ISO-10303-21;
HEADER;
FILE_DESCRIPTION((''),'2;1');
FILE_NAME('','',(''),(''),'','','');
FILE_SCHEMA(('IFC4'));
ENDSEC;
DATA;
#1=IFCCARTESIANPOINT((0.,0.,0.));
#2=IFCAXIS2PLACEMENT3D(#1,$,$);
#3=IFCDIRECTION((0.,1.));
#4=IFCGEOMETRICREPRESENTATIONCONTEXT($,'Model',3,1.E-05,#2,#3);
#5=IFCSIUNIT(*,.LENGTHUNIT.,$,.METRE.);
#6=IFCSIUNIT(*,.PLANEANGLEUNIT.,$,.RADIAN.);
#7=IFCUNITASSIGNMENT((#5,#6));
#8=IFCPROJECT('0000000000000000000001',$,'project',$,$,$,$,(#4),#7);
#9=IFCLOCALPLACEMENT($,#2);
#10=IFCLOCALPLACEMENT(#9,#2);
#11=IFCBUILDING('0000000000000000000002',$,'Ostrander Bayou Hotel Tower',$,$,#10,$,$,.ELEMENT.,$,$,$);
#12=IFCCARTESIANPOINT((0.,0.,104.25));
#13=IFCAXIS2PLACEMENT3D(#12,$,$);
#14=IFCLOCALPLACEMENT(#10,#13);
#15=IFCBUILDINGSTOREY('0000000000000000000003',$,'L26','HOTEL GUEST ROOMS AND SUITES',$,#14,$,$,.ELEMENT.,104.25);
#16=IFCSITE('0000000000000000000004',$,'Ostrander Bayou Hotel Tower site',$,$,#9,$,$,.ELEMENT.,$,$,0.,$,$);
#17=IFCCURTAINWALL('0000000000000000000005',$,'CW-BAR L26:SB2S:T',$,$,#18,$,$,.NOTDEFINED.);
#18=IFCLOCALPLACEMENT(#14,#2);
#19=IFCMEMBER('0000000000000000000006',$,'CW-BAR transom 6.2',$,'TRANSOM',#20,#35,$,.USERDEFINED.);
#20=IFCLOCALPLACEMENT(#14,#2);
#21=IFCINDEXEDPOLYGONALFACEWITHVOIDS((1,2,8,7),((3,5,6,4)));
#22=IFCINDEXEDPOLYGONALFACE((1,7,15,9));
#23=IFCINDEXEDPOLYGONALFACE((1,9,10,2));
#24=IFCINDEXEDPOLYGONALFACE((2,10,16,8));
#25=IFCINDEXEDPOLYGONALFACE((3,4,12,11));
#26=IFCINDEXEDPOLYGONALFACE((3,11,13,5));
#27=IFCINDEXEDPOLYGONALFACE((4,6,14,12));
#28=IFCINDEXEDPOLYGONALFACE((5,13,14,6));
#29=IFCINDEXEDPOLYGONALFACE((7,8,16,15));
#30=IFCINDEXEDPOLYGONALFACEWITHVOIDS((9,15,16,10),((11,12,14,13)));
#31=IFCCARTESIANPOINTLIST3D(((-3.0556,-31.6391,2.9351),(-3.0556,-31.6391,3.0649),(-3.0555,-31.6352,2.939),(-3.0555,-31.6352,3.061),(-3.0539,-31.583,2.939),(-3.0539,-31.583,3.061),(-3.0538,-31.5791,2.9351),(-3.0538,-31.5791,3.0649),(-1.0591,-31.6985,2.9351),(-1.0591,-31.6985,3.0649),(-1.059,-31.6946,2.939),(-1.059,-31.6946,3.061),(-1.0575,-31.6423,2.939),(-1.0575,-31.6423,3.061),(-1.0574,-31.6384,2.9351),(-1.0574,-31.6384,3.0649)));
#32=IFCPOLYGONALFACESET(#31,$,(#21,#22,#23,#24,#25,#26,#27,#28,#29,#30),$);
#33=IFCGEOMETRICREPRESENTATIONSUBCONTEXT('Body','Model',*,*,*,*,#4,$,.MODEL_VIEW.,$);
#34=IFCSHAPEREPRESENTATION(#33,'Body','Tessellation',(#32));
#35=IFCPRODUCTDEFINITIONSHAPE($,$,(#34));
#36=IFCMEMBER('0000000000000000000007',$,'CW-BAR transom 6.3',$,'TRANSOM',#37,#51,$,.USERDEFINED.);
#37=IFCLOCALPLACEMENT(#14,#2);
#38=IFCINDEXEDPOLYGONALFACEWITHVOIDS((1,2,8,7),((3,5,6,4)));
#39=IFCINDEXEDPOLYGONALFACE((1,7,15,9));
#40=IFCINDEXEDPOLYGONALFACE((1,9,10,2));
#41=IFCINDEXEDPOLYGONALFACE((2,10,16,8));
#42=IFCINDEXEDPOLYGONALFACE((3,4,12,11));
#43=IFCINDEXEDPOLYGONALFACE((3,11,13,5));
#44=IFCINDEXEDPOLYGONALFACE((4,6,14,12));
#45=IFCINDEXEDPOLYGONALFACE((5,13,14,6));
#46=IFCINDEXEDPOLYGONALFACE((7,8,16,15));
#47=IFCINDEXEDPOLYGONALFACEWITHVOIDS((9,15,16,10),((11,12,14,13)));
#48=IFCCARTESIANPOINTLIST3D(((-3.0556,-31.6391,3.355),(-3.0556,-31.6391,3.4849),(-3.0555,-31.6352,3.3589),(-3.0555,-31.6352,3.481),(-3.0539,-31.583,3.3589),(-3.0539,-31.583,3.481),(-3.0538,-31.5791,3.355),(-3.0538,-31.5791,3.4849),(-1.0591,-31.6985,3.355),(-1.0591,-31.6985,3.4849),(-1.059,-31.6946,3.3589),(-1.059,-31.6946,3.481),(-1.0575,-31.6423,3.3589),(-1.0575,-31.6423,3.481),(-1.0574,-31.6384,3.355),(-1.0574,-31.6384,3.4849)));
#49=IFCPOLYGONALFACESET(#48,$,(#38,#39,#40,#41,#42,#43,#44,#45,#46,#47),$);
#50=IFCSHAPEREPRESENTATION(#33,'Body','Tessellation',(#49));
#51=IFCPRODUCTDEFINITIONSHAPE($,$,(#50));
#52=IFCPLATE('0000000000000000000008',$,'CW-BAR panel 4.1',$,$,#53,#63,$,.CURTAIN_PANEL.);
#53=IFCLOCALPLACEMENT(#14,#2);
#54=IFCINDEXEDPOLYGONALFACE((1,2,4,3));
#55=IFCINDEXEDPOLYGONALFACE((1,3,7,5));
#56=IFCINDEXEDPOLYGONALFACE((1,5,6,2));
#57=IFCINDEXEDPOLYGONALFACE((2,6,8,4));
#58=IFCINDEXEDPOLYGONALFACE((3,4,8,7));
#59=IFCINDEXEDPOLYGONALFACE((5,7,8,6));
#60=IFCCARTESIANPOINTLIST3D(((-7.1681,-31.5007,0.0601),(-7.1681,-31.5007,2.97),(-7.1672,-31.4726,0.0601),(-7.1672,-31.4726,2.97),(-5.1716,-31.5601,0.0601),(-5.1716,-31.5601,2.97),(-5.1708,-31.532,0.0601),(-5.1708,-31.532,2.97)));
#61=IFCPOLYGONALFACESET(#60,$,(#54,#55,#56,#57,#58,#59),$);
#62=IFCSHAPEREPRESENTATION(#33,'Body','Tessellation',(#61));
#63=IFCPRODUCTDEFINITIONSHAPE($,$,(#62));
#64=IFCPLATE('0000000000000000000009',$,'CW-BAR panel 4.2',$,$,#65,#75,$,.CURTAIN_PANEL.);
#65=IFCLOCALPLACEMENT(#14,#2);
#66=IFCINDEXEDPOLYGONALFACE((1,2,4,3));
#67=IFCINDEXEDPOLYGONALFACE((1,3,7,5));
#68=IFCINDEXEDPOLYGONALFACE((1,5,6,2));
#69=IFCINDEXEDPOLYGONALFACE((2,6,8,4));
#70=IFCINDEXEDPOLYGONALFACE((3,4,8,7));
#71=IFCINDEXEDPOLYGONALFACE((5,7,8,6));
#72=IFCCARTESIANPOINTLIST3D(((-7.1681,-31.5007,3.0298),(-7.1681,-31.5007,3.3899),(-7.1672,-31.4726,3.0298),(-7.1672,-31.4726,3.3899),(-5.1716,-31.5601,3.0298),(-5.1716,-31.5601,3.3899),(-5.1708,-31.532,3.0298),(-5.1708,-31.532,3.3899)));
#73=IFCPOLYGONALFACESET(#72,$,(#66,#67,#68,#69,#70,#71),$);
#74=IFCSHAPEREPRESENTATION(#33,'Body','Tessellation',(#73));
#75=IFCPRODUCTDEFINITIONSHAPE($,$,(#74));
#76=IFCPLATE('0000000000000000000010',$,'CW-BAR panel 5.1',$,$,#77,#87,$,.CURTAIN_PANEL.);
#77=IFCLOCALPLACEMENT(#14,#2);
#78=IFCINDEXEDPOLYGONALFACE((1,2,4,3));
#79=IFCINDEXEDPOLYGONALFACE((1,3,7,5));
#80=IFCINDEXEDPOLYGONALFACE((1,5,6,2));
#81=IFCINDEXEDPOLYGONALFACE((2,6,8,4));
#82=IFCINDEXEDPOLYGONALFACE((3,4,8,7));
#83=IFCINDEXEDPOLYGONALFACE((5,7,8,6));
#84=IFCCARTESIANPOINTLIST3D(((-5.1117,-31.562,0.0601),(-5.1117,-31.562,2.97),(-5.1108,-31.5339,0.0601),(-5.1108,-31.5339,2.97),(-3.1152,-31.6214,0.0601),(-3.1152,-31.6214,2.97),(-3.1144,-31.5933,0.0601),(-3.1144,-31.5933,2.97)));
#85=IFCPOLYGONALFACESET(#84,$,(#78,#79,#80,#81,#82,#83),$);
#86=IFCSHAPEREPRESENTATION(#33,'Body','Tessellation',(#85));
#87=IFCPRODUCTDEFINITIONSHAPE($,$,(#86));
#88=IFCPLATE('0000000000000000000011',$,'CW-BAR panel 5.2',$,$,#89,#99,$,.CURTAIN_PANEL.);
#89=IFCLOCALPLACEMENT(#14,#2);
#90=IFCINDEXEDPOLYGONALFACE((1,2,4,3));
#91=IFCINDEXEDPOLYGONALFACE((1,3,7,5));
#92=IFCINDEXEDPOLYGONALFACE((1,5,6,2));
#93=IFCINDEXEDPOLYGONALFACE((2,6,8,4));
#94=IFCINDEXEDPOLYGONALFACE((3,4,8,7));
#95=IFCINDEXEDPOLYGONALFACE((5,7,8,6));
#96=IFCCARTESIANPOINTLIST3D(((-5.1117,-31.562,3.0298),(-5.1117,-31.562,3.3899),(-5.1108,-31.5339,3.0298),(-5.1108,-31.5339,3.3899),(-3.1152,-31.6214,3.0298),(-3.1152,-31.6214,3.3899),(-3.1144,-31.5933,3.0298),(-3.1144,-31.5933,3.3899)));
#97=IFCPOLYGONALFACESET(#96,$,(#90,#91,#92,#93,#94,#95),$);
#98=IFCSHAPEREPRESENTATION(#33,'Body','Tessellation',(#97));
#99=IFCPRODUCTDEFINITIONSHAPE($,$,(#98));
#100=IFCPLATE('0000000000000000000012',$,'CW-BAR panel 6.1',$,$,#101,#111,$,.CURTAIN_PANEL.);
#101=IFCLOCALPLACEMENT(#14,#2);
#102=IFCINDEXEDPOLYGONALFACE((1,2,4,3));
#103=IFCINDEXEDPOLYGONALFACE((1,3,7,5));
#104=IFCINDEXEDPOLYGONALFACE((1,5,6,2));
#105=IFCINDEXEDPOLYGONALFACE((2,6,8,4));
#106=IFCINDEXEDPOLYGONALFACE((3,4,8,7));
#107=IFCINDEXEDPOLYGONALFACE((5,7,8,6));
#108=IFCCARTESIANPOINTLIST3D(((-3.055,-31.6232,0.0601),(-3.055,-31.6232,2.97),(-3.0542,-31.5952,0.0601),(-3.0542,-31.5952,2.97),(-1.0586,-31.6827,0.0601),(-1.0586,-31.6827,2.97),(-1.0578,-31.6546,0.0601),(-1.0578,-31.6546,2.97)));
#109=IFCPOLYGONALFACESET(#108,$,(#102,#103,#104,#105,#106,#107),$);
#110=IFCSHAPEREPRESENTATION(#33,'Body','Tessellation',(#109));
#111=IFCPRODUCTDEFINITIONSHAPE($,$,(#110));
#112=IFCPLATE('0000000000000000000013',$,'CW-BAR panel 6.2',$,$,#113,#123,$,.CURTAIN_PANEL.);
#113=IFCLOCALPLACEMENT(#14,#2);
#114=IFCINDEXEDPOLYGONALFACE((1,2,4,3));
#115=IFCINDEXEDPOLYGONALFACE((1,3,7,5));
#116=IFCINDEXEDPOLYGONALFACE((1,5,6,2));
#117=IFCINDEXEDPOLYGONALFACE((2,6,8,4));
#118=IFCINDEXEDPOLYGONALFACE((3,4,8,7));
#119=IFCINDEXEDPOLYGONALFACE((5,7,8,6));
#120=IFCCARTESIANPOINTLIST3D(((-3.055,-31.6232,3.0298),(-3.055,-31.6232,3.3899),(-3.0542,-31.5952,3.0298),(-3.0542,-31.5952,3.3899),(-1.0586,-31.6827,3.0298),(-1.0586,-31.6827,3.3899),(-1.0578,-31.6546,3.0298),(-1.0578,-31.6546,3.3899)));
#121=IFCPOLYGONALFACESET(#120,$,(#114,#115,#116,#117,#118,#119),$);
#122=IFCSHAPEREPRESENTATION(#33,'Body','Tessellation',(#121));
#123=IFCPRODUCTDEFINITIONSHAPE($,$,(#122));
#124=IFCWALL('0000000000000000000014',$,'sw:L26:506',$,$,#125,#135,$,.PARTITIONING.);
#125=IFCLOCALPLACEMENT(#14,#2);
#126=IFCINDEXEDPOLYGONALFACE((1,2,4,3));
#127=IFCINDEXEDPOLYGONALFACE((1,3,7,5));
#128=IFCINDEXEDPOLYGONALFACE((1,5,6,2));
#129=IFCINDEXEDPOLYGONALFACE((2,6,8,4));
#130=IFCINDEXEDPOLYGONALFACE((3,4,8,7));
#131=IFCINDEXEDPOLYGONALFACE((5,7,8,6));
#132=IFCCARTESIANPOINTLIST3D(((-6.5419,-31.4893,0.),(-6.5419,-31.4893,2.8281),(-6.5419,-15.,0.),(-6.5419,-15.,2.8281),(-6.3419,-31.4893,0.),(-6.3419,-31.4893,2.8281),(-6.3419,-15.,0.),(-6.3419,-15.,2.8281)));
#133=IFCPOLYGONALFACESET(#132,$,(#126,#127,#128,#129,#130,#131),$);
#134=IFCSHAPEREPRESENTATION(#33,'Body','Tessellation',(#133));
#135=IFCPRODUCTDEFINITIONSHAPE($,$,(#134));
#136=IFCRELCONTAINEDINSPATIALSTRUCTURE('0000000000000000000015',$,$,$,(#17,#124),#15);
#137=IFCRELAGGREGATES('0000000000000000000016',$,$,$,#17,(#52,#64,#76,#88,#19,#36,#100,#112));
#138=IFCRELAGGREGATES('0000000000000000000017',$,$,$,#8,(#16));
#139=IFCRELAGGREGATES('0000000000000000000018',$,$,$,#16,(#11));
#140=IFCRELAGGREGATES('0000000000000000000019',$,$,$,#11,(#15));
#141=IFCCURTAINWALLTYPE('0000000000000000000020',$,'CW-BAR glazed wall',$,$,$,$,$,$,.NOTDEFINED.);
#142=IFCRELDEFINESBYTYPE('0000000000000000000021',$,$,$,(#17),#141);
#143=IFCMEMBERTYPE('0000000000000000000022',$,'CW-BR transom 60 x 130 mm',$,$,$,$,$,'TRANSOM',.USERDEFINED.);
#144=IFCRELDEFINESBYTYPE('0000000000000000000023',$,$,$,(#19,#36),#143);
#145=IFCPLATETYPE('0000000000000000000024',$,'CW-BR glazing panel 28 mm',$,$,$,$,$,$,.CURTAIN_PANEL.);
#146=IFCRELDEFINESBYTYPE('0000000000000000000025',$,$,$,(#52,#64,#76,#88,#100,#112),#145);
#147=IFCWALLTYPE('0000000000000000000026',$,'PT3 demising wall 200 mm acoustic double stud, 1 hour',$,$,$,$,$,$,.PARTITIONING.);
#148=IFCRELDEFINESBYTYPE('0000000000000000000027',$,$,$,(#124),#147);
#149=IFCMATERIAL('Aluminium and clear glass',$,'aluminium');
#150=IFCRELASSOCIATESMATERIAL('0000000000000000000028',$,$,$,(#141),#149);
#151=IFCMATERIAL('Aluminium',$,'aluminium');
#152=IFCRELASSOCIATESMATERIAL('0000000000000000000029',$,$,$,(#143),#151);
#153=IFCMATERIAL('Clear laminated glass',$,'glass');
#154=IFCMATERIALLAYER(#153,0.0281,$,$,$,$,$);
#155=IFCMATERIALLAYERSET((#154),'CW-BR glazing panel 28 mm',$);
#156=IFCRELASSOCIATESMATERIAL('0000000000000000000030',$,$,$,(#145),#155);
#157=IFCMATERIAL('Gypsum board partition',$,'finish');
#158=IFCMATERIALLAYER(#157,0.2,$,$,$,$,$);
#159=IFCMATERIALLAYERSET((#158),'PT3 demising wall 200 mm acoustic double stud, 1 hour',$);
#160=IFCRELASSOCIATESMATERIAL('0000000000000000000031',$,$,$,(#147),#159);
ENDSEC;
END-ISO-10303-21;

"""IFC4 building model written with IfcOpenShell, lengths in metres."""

from ifc_helpers import new_model, si_unit, direction, frame, frame_2d, origin, origin_2d, place, context, subcontext, project, spatial, rectangle, hollow_rectangle, extrude, material, layer, layer_set, material_profile, profile_set, type_object, element, aggregate, save


model = new_model("IFC4")

# Units and contexts
model_context = context("Model", 3, precision=1e-05, world=origin(), true_north=direction((0.0, 1.0)))
body_context = subcontext(model_context, "Body", "Model", "MODEL_VIEW")
ifc_project = project(units=[si_unit("LENGTHUNIT", "METRE"), si_unit("PLANEANGLEUNIT", "RADIAN")], contexts=[model_context])

# Site, building, storey
site_placement = place(None, origin())
site = spatial("IfcSite", under=ifc_project, at=site_placement, Name="Ostrander Bayou Hotel Tower site", CompositionType="ELEMENT", RefElevation=0.0)
building_placement = place(site_placement, origin())
building = spatial("IfcBuilding", under=site, at=building_placement, Name="Ostrander Bayou Hotel Tower", CompositionType="ELEMENT")
storey_placement = place(building_placement, frame((0.0, 0.0, 104.25)))
storey = spatial("IfcBuildingStorey", under=building, at=storey_placement, Name="L26", Description="HOTEL GUEST ROOMS AND SUITES", CompositionType="ELEMENT", Elevation=104.25)

# Curtain wall, members, plates
ifc_material_1 = material(Name="Aluminium and clear glass", Category="aluminium")
curtain_wall_type = type_object("IfcCurtainWallType", Name="CW-BAR glazed wall", PredefinedType="NOTDEFINED", material=ifc_material_1)
curtain_wall_placement = place(storey_placement, origin())
curtain_wall = element("IfcCurtainWall", 1, at=curtain_wall_placement, inside=storey, type_object=curtain_wall_type, Name="CW-BAR L26:SB2S:T", PredefinedType="NOTDEFINED")
ifc_material_2 = material(Name="Aluminium", Category="aluminium")
ifc_material_profile_1 = material_profile(ifc_material_2, hollow_rectangle(XDim=0.0601, YDim=0.1299, WallThickness=0.0039, at=origin_2d()))
ifc_profile_set_1 = profile_set([ifc_material_profile_1], Name="Aluminium")
member_type_1 = type_object("IfcMemberType", Name="CW-BR transom 60 x 130 mm", ElementType="TRANSOM", PredefinedType="USERDEFINED", material=ifc_profile_set_1)
member_1_placement = place(storey_placement, frame((-3.0547, -31.6091, 3.0), z_axis=(0.999559, -0.029704, 0.0), x_axis=(0.029704, 0.999559, 0.0)))
member_1 = element("IfcMember", 2, at=member_1_placement, type_object=member_type_1, Name="CW-BAR transom 6.2", ObjectType="TRANSOM", PredefinedType="USERDEFINED", context=body_context, shape_type="SweptSolid", body=[
    extrude(hollow_rectangle(XDim=0.0601, YDim=0.1299, WallThickness=0.0039, at=origin_2d()), origin(), (0.0, 0.0, 1.0), 1.9973),
])
member_2_placement = place(storey_placement, frame((-3.0547, -31.6091, 3.4199), z_axis=(0.999559, -0.029704, 0.0), x_axis=(0.029704, 0.999559, 0.0)))
member_2 = element("IfcMember", 3, at=member_2_placement, type_object=member_type_1, Name="CW-BAR transom 6.3", ObjectType="TRANSOM", PredefinedType="USERDEFINED", context=body_context, shape_type="SweptSolid", body=[
    extrude(hollow_rectangle(XDim=0.0601, YDim=0.1299, WallThickness=0.0039, at=origin_2d()), origin(), (0.0, 0.0, 1.0), 1.9973),
])
ifc_material_3 = material(Name="Clear laminated glass", Category="glass")
ifc_layer_1 = layer(ifc_material_3, 0.0281)
ifc_layer_set_1 = layer_set([ifc_layer_1], Name="CW-BR glazing panel 28 mm")
plate_type = type_object("IfcPlateType", Name="CW-BR glazing panel 28 mm", PredefinedType="CURTAIN_PANEL", material=ifc_layer_set_1)
plate_1_placement = place(storey_placement, frame((-6.1694, -31.5164, 0.0601), z_axis=(0.0, 0.0, 1.0), x_axis=(0.999557, -0.029746, 0.0)))
plate_1 = element("IfcPlate", 4, at=plate_1_placement, type_object=plate_type, Name="CW-BAR panel 4.1", PredefinedType="CURTAIN_PANEL", context=body_context, shape_type="SweptSolid", body=[
    extrude(rectangle(XDim=1.9973, YDim=0.0281, at=origin_2d()), origin(), (0.0, 0.0, 1.0), 2.9099),
])
plate_2_placement = place(storey_placement, frame((-6.1694, -31.5164, 3.0298), z_axis=(0.0, 0.0, 1.0), x_axis=(0.999557, -0.029746, 0.0)))
plate_2 = element("IfcPlate", 5, at=plate_2_placement, type_object=plate_type, Name="CW-BAR panel 4.2", PredefinedType="CURTAIN_PANEL", context=body_context, shape_type="SweptSolid", body=[
    extrude(rectangle(XDim=1.9973, YDim=0.0281, at=origin_2d()), origin(), (0.0, 0.0, 1.0), 0.3601),
])
plate_3_placement = place(storey_placement, frame((-4.113, -31.5776, 0.0601), z_axis=(0.0, 0.0, 1.0), x_axis=(0.999557, -0.029746, 0.0)))
plate_3 = element("IfcPlate", 6, at=plate_3_placement, type_object=plate_type, Name="CW-BAR panel 5.1", PredefinedType="CURTAIN_PANEL", context=body_context, shape_type="SweptSolid", body=[
    extrude(rectangle(XDim=1.9973, YDim=0.0281, at=origin_2d()), origin(), (0.0, 0.0, 1.0), 2.9099),
])
plate_4_placement = place(storey_placement, frame((-4.113, -31.5776, 3.0298), z_axis=(0.0, 0.0, 1.0), x_axis=(0.999557, -0.029746, 0.0)))
plate_4 = element("IfcPlate", 7, at=plate_4_placement, type_object=plate_type, Name="CW-BAR panel 5.2", PredefinedType="CURTAIN_PANEL", context=body_context, shape_type="SweptSolid", body=[
    extrude(rectangle(XDim=1.9973, YDim=0.0281, at=origin_2d()), origin(), (0.0, 0.0, 1.0), 0.3601),
])
plate_5_placement = place(storey_placement, frame((-2.0564, -31.6389, 0.0601), z_axis=(0.0, 0.0, 1.0), x_axis=(0.999557, -0.029746, 0.0)))
plate_5 = element("IfcPlate", 8, at=plate_5_placement, type_object=plate_type, Name="CW-BAR panel 6.1", PredefinedType="CURTAIN_PANEL", context=body_context, shape_type="SweptSolid", body=[
    extrude(rectangle(XDim=1.9973, YDim=0.0281, at=origin_2d()), origin(), (0.0, 0.0, 1.0), 2.9099),
])
plate_6_placement = place(storey_placement, frame((-2.0564, -31.6389, 3.0298), z_axis=(0.0, 0.0, 1.0), x_axis=(0.999557, -0.029746, 0.0)))
plate_6 = element("IfcPlate", 9, at=plate_6_placement, type_object=plate_type, Name="CW-BAR panel 6.2", PredefinedType="CURTAIN_PANEL", context=body_context, shape_type="SweptSolid", body=[
    extrude(rectangle(XDim=1.9973, YDim=0.0281, at=origin_2d()), origin(), (0.0, 0.0, 1.0), 0.3601),
])
aggregate(curtain_wall, [plate_1, plate_2, plate_3, plate_4, member_1, member_2, plate_5, plate_6])

# Wall
ifc_material_4 = material(Name="Gypsum board partition", Category="finish")
ifc_layer_2 = layer(ifc_material_4, 0.2)
ifc_layer_set_2 = layer_set([ifc_layer_2], Name="PT3 demising wall 200 mm acoustic double stud, 1 hour")
wall_type = type_object("IfcWallType", Name="PT3 demising wall 200 mm acoustic double stud, 1 hour", PredefinedType="PARTITIONING", material=ifc_layer_set_2)
wall_placement = place(storey_placement, frame((-6.4419, -31.4893, 0.0), z_axis=(0.0, 0.0, 1.0), x_axis=(0.0, 1.0, 0.0)))
element("IfcWall", 10, at=wall_placement, inside=storey, type_object=wall_type, Name="sw:L26:506", PredefinedType="PARTITIONING", context=body_context, shape_type="SweptSolid", body=[
    extrude(rectangle(XDim=16.4893, YDim=0.2, at=frame_2d((8.2446, 0.0))), origin(), (0.0, 0.0, 1.0), 2.8281),
])

save(model, "model.ifc")
